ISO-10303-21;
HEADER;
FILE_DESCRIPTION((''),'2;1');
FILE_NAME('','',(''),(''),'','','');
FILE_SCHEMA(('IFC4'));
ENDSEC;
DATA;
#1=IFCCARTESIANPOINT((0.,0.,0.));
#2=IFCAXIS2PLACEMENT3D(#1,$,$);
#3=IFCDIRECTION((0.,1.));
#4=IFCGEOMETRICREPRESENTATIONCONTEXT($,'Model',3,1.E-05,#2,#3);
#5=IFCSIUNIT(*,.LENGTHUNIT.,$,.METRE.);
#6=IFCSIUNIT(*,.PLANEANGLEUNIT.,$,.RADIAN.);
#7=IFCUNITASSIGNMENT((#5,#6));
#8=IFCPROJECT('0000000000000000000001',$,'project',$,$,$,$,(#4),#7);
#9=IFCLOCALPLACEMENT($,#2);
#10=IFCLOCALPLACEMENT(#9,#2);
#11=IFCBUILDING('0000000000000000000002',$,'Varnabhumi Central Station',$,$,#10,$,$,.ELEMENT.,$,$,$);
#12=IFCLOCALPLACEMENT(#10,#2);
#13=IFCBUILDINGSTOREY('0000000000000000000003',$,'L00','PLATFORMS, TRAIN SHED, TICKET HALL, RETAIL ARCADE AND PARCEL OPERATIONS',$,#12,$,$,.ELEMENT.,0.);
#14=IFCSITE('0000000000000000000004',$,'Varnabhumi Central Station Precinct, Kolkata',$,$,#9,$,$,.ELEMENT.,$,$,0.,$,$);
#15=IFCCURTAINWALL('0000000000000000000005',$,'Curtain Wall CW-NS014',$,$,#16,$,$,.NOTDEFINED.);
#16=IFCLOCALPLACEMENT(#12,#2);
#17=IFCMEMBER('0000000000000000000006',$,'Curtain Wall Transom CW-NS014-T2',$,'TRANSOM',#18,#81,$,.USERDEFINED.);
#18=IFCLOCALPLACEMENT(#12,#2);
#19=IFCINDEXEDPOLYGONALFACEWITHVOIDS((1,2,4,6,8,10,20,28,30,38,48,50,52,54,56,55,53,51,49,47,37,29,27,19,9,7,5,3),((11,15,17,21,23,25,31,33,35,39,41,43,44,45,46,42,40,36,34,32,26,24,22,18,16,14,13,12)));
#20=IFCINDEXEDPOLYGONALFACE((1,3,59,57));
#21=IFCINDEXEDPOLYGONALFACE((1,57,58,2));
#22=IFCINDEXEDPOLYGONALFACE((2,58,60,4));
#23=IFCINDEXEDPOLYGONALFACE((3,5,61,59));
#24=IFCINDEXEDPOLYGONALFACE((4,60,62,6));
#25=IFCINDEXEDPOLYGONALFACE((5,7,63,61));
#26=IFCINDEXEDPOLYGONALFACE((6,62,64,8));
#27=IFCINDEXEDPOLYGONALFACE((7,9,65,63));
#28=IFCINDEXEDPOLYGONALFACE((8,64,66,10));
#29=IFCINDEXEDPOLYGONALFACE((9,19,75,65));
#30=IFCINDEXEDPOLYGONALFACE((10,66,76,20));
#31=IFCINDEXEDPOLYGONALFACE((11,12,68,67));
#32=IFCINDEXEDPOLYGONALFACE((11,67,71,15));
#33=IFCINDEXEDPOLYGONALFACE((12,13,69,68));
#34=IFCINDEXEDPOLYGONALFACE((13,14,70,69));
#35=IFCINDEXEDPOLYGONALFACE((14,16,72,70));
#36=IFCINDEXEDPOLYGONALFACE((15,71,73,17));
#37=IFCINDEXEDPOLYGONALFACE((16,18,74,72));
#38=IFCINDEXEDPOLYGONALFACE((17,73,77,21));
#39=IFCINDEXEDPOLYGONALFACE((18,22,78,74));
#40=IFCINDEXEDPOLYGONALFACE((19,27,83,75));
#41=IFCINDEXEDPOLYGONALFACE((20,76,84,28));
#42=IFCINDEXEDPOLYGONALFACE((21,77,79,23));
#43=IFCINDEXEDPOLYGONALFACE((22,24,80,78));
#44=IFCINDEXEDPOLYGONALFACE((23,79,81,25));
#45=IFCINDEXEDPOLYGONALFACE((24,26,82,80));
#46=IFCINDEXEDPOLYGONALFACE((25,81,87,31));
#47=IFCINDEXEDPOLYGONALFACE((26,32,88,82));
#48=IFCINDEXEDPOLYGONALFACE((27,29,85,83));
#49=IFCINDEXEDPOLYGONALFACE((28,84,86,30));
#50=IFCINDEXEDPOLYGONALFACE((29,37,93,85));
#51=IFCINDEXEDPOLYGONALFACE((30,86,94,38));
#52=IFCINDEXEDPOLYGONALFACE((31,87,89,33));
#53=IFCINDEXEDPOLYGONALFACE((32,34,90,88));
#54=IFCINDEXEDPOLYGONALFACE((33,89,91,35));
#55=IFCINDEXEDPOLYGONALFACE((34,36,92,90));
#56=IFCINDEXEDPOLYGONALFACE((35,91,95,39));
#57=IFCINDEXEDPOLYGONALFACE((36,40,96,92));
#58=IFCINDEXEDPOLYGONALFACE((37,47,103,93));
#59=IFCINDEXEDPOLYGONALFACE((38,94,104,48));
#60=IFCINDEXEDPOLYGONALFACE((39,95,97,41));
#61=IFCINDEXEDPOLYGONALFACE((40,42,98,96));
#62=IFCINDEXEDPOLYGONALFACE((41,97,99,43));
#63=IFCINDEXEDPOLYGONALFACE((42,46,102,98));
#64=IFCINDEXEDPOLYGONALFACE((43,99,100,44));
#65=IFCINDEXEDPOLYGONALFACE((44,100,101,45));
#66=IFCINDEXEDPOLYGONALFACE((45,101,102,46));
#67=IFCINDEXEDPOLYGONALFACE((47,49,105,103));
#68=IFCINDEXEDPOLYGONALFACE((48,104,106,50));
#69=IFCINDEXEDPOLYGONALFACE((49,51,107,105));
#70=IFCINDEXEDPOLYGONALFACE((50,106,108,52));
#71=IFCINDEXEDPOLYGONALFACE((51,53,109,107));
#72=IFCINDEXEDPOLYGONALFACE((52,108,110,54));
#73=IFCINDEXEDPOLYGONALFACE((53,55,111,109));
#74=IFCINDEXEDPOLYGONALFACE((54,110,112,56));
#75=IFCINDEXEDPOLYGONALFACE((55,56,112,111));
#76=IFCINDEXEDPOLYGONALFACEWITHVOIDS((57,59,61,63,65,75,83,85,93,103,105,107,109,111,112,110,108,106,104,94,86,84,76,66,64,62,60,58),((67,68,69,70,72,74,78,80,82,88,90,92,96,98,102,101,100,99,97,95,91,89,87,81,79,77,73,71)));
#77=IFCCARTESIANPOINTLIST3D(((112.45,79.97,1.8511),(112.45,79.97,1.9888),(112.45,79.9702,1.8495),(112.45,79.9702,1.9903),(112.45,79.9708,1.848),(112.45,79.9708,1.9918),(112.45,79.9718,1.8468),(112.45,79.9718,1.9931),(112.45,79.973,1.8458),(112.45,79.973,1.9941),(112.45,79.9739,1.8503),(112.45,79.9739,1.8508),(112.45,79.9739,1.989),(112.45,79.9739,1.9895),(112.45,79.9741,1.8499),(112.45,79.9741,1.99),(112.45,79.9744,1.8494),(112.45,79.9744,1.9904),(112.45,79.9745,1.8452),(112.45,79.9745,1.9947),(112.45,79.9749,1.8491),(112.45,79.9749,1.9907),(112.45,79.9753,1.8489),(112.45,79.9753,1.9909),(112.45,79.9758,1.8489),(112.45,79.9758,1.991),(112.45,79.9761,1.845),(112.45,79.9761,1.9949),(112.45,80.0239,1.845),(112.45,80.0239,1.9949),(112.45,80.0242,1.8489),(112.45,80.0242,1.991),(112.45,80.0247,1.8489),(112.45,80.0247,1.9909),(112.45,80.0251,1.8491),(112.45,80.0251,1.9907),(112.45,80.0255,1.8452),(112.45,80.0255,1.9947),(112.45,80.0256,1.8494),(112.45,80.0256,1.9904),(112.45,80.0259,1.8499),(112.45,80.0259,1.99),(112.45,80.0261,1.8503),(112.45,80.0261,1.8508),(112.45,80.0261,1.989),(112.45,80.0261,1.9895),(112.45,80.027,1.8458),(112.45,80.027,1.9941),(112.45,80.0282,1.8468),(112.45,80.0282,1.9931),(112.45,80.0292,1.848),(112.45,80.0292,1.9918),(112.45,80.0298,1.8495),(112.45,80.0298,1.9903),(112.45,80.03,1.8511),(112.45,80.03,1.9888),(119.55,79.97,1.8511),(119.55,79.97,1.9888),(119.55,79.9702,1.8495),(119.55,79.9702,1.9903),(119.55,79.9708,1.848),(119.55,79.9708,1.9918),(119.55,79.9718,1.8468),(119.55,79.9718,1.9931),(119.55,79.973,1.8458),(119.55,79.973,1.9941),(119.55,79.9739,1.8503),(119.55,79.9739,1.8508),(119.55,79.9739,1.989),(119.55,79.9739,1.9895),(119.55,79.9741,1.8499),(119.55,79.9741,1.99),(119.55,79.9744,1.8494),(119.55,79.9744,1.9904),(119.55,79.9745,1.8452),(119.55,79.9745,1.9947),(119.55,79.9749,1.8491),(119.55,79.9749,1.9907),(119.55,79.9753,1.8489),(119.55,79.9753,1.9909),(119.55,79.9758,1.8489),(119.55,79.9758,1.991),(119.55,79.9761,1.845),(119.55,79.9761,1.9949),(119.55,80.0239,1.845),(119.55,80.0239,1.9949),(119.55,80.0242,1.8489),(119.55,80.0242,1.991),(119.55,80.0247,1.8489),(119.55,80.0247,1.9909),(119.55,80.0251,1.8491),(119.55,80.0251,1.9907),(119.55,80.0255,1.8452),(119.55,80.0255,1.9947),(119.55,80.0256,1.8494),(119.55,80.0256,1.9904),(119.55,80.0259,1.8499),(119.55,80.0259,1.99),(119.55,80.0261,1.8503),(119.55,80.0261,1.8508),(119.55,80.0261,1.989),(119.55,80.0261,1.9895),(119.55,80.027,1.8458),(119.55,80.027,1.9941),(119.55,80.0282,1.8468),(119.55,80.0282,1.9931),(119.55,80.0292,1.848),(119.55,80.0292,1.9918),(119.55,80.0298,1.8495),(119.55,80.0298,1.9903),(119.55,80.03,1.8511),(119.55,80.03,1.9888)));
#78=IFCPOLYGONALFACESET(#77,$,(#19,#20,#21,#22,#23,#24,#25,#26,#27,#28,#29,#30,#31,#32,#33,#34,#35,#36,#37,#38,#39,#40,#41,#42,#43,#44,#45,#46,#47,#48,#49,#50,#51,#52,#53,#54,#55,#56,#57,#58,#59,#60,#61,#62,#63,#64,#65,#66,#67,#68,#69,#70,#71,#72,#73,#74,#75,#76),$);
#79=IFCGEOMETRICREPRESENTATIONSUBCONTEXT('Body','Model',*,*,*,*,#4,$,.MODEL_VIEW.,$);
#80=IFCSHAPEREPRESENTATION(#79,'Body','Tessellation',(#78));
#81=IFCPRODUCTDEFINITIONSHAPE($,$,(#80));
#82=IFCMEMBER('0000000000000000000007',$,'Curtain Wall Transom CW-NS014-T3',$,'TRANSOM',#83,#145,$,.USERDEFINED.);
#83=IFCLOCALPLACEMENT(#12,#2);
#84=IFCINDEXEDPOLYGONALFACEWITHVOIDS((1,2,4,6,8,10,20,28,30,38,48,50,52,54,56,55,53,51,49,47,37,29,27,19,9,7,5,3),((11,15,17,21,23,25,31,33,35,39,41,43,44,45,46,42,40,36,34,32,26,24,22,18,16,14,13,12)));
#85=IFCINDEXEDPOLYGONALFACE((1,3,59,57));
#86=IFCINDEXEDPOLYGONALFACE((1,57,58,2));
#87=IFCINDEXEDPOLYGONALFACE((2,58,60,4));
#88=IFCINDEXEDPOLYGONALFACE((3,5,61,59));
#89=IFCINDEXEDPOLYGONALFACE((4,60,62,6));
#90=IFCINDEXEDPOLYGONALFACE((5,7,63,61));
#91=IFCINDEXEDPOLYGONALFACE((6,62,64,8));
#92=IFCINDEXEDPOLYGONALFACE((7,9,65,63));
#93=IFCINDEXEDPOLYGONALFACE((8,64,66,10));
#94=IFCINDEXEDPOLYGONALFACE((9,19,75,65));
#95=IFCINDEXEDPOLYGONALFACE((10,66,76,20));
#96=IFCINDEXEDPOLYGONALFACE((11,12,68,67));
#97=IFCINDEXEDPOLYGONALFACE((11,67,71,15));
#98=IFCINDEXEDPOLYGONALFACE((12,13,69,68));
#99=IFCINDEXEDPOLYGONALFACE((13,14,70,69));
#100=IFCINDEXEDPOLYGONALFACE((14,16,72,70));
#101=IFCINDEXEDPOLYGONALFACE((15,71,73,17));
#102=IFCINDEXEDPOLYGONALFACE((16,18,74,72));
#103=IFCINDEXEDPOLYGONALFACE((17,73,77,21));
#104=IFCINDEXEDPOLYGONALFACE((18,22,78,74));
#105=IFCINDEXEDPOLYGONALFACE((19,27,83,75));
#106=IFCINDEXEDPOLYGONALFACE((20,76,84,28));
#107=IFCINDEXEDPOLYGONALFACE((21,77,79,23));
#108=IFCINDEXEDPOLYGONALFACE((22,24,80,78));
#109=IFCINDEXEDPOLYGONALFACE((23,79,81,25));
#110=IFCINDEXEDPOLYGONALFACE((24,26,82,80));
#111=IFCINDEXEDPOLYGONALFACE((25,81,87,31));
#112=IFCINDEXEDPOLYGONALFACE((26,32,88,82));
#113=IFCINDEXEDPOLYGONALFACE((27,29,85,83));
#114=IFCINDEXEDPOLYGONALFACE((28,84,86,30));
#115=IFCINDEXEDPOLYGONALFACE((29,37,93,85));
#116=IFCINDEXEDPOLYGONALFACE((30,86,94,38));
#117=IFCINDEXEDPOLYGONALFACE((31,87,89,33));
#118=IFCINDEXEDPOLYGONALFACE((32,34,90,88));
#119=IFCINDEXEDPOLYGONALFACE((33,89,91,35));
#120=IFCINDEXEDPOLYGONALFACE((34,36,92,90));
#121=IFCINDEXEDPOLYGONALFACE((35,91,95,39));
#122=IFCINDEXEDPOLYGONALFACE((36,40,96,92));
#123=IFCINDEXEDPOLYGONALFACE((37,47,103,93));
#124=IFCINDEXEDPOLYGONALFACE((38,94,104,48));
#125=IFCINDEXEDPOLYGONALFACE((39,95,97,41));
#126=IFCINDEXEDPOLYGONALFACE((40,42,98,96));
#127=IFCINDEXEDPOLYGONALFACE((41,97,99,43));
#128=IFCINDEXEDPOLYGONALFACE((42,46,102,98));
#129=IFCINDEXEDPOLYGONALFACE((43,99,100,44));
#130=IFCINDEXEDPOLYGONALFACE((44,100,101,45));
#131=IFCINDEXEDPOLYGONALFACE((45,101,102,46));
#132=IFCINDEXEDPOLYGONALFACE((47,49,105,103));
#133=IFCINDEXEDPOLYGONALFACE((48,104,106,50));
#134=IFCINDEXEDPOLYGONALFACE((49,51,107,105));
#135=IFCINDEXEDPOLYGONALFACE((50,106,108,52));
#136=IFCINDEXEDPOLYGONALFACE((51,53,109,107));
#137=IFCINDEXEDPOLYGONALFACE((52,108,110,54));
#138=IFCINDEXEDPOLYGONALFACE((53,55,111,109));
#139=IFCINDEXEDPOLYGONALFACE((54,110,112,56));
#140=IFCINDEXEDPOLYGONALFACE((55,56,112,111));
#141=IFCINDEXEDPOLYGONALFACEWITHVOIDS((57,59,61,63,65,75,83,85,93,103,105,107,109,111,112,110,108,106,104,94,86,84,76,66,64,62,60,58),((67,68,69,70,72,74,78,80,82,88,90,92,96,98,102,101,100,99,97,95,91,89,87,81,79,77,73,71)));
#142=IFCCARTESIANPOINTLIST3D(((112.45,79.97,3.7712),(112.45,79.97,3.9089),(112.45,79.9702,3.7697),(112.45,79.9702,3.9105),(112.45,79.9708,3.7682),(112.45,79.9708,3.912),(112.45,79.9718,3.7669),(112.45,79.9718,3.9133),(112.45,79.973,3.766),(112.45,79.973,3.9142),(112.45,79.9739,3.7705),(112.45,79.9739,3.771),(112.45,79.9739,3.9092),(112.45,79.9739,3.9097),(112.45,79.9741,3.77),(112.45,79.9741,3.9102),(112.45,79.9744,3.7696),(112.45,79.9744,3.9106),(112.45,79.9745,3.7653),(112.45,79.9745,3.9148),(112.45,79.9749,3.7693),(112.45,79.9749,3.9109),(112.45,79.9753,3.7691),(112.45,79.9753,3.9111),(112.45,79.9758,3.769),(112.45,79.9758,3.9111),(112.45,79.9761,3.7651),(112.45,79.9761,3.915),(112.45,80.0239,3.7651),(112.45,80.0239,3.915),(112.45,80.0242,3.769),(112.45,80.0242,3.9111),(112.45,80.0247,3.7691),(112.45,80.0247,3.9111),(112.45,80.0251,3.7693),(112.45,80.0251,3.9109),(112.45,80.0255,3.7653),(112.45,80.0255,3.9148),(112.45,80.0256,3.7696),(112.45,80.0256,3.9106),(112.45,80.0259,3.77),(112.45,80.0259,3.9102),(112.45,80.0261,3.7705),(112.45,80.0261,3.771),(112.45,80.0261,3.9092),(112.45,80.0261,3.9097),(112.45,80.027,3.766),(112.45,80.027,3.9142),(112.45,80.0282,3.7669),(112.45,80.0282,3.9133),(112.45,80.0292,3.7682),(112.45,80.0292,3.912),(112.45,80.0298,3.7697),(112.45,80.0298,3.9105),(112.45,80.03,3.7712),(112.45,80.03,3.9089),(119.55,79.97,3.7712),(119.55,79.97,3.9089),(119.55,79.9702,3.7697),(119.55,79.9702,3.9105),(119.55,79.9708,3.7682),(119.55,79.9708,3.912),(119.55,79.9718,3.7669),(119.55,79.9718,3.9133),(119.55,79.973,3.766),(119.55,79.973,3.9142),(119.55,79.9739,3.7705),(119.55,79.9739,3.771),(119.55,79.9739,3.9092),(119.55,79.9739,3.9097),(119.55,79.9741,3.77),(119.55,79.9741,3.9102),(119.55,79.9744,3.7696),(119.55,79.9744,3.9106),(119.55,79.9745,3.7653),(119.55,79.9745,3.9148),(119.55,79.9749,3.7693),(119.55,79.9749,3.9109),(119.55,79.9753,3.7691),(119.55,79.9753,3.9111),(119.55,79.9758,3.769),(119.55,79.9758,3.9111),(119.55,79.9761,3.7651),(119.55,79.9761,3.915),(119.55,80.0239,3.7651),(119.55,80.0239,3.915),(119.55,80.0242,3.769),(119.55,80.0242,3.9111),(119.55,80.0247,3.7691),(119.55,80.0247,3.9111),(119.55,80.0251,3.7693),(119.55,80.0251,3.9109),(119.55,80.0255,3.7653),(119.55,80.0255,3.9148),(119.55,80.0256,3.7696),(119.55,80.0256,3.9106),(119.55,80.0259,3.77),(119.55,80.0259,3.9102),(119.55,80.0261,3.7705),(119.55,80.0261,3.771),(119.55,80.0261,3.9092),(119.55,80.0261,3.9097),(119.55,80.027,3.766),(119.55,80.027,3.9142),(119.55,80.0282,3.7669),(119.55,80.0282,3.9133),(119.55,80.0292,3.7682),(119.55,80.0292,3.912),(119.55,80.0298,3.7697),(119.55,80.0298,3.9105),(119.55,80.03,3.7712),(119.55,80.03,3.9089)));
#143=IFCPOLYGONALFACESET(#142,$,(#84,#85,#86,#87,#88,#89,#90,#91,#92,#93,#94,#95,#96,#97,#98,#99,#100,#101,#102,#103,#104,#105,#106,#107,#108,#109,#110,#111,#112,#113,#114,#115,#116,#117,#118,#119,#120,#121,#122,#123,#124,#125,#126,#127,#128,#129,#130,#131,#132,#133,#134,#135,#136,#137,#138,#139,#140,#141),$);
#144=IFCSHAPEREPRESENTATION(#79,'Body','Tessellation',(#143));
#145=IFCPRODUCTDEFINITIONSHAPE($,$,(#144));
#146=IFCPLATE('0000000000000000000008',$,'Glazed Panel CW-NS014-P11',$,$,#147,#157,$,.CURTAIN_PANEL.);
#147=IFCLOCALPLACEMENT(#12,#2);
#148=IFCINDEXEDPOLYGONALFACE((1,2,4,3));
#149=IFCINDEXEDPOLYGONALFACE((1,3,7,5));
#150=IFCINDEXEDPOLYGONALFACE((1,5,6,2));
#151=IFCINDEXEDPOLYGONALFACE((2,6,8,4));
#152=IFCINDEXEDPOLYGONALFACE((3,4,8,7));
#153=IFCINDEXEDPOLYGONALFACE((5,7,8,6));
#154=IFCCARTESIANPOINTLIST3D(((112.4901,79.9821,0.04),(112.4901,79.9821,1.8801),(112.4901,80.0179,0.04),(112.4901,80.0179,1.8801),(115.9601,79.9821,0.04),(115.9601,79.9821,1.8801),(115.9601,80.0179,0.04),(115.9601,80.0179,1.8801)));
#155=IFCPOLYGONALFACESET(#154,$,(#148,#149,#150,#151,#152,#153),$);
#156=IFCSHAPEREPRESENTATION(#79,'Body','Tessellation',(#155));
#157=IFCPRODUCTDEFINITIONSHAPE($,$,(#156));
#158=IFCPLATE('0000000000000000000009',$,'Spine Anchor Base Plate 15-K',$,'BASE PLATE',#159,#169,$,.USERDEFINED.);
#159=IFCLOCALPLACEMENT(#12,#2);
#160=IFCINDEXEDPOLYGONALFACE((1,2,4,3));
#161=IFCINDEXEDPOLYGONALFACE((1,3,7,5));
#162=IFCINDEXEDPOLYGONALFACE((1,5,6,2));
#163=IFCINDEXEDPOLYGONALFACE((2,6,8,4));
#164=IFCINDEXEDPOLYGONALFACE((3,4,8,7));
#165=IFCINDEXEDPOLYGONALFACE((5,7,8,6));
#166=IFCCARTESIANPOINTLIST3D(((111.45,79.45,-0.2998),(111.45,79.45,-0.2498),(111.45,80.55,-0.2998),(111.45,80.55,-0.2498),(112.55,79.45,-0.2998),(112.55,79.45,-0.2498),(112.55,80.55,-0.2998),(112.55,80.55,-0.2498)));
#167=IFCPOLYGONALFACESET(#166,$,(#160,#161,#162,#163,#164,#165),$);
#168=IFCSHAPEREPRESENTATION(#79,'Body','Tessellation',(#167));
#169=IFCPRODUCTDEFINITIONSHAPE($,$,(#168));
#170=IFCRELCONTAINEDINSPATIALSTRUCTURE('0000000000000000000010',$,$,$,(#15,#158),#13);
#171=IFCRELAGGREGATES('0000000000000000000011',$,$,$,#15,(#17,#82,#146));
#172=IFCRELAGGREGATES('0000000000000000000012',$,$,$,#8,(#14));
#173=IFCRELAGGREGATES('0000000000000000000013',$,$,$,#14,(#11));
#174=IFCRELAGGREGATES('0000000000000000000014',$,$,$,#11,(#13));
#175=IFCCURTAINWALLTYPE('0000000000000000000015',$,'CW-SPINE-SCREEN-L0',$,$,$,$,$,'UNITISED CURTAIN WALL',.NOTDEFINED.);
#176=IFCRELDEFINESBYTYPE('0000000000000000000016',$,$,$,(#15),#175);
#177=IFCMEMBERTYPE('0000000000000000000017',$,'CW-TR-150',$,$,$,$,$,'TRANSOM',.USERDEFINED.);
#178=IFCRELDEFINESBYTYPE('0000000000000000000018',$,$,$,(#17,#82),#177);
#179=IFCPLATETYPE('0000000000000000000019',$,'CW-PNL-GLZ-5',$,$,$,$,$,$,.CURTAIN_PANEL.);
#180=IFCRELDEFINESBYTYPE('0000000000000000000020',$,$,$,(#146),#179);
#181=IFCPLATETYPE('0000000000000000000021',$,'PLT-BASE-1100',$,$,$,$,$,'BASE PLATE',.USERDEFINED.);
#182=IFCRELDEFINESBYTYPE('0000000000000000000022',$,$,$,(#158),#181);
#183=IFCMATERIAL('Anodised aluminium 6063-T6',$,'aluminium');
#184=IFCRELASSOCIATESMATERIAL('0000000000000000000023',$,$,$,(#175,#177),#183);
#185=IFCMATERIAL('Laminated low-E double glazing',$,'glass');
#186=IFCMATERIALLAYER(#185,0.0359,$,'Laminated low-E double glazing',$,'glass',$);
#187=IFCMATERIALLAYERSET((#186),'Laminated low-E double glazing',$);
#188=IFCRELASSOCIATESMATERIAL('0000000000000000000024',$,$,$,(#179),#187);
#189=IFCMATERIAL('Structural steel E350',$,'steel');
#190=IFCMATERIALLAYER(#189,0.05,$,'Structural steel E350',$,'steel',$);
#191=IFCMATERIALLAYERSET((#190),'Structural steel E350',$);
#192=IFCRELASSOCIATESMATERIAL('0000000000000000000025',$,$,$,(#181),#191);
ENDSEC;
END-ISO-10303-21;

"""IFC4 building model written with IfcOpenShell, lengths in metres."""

from ifc_helpers import new_model, si_unit, direction, frame, origin, origin_2d, place, context, subcontext, project, spatial, rectangle, hollow_rectangle, extrude, material, layer, layer_set, material_profile, profile_set, type_object, element, aggregate, save


model = new_model("IFC4")

# Units and contexts
model_context = context("Model", 3, precision=1e-05, world=origin(), true_north=direction((0.0, 1.0)))
body_context = subcontext(model_context, "Body", "Model", "MODEL_VIEW")
ifc_project = project(units=[si_unit("LENGTHUNIT", "METRE"), si_unit("PLANEANGLEUNIT", "RADIAN")], contexts=[model_context])

# Site, building, storey
site_placement = place(None, origin())
site = spatial("IfcSite", under=ifc_project, at=site_placement, Name="Varnabhumi Central Station Precinct, Kolkata", CompositionType="ELEMENT", RefElevation=0.0)
building_placement = place(site_placement, origin())
building = spatial("IfcBuilding", under=site, at=building_placement, Name="Varnabhumi Central Station", CompositionType="ELEMENT")
storey_placement = place(building_placement, origin())
storey = spatial("IfcBuildingStorey", under=building, at=storey_placement, Name="L00", Description="PLATFORMS, TRAIN SHED, TICKET HALL, RETAIL ARCADE AND PARCEL OPERATIONS", CompositionType="ELEMENT", Elevation=0.0)

# Shared definitions
ifc_material_1 = material(Name="Structural steel E350", Category="steel")

# Curtain wall, members, plate
ifc_material_2 = material(Name="Anodised aluminium 6063-T6", Category="aluminium")
curtain_wall_type = type_object("IfcCurtainWallType", Name="CW-SPINE-SCREEN-L0", ElementType="UNITISED CURTAIN WALL", PredefinedType="NOTDEFINED", material=ifc_material_2)
curtain_wall_placement = place(storey_placement, origin())
curtain_wall = element("IfcCurtainWall", 1, at=curtain_wall_placement, inside=storey, type_object=curtain_wall_type, Name="Curtain Wall CW-NS014", PredefinedType="NOTDEFINED")
ifc_material_profile_1 = material_profile(ifc_material_2, hollow_rectangle(XDim=0.0601, YDim=0.1499, WallThickness=0.0039, InnerFilletRadius=0.002, OuterFilletRadius=0.0061, at=origin_2d()), Name="Anodised aluminium 6063-T6", Category="aluminium")
ifc_profile_set_1 = profile_set([ifc_material_profile_1], Name="Anodised aluminium 6063-T6")
member_type_1 = type_object("IfcMemberType", Name="CW-TR-150", ElementType="TRANSOM", PredefinedType="USERDEFINED", material=ifc_profile_set_1)
member_1_placement = place(storey_placement, frame((112.45, 80.0, 1.9199), z_axis=(1.0, 0.0, 0.0), x_axis=(0.0, 1.0, 0.0)))
member_1 = element("IfcMember", 2, at=member_1_placement, type_object=member_type_1, Name="Curtain Wall Transom CW-NS014-T2", ObjectType="TRANSOM", PredefinedType="USERDEFINED", context=body_context, shape_type="SweptSolid", body=[
    extrude(hollow_rectangle(XDim=0.0601, YDim=0.1499, WallThickness=0.0039, InnerFilletRadius=0.002, OuterFilletRadius=0.0061, at=origin_2d()), origin(), (0.0, 0.0, 1.0), 7.1001),
])
member_2_placement = place(storey_placement, frame((112.45, 80.0, 3.8401), z_axis=(1.0, 0.0, 0.0), x_axis=(0.0, 1.0, 0.0)))
member_2 = element("IfcMember", 3, at=member_2_placement, type_object=member_type_1, Name="Curtain Wall Transom CW-NS014-T3", ObjectType="TRANSOM", PredefinedType="USERDEFINED", context=body_context, shape_type="SweptSolid", body=[
    extrude(hollow_rectangle(XDim=0.0601, YDim=0.1499, WallThickness=0.0039, InnerFilletRadius=0.002, OuterFilletRadius=0.0061, at=origin_2d()), origin(), (0.0, 0.0, 1.0), 7.1001),
])
ifc_material_3 = material(Name="Laminated low-E double glazing", Category="glass")
ifc_layer_1 = layer(ifc_material_3, 0.0359, Name="Laminated low-E double glazing", Category="glass")
ifc_layer_set_1 = layer_set([ifc_layer_1], Name="Laminated low-E double glazing")
plate_type_1 = type_object("IfcPlateType", Name="CW-PNL-GLZ-5", PredefinedType="CURTAIN_PANEL", material=ifc_layer_set_1)
plate_1_placement = place(storey_placement, frame((114.2251, 80.0, 0.04), z_axis=(0.0, 0.0, 1.0), x_axis=(1.0, 0.0, 0.0)))
plate_1 = element("IfcPlate", 4, at=plate_1_placement, type_object=plate_type_1, Name="Glazed Panel CW-NS014-P11", PredefinedType="CURTAIN_PANEL", context=body_context, shape_type="SweptSolid", body=[
    extrude(rectangle(XDim=3.47, YDim=0.0359, at=origin_2d()), origin(), (0.0, 0.0, 1.0), 1.8401),
])
aggregate(curtain_wall, [member_1, member_2, plate_1])

# Plate
ifc_layer_2 = layer(ifc_material_1, 0.05, Name="Structural steel E350", Category="steel")
ifc_layer_set_2 = layer_set([ifc_layer_2], Name="Structural steel E350")
plate_type_2 = type_object("IfcPlateType", Name="PLT-BASE-1100", ElementType="BASE PLATE", PredefinedType="USERDEFINED", material=ifc_layer_set_2)
plate_2_placement = place(storey_placement, frame((112.0, 80.0, -0.2998), z_axis=(0.0, 0.0, 1.0), x_axis=(1.0, 0.0, 0.0)))
element("IfcPlate", 5, at=plate_2_placement, inside=storey, type_object=plate_type_2, Name="Spine Anchor Base Plate 15-K", ObjectType="BASE PLATE", PredefinedType="USERDEFINED", context=body_context, shape_type="SweptSolid", body=[
    extrude(rectangle(XDim=1.1001, YDim=1.1001, at=origin_2d()), origin(), (0.0, 0.0, 1.0), 0.05),
])

save(model, "model.ifc")
